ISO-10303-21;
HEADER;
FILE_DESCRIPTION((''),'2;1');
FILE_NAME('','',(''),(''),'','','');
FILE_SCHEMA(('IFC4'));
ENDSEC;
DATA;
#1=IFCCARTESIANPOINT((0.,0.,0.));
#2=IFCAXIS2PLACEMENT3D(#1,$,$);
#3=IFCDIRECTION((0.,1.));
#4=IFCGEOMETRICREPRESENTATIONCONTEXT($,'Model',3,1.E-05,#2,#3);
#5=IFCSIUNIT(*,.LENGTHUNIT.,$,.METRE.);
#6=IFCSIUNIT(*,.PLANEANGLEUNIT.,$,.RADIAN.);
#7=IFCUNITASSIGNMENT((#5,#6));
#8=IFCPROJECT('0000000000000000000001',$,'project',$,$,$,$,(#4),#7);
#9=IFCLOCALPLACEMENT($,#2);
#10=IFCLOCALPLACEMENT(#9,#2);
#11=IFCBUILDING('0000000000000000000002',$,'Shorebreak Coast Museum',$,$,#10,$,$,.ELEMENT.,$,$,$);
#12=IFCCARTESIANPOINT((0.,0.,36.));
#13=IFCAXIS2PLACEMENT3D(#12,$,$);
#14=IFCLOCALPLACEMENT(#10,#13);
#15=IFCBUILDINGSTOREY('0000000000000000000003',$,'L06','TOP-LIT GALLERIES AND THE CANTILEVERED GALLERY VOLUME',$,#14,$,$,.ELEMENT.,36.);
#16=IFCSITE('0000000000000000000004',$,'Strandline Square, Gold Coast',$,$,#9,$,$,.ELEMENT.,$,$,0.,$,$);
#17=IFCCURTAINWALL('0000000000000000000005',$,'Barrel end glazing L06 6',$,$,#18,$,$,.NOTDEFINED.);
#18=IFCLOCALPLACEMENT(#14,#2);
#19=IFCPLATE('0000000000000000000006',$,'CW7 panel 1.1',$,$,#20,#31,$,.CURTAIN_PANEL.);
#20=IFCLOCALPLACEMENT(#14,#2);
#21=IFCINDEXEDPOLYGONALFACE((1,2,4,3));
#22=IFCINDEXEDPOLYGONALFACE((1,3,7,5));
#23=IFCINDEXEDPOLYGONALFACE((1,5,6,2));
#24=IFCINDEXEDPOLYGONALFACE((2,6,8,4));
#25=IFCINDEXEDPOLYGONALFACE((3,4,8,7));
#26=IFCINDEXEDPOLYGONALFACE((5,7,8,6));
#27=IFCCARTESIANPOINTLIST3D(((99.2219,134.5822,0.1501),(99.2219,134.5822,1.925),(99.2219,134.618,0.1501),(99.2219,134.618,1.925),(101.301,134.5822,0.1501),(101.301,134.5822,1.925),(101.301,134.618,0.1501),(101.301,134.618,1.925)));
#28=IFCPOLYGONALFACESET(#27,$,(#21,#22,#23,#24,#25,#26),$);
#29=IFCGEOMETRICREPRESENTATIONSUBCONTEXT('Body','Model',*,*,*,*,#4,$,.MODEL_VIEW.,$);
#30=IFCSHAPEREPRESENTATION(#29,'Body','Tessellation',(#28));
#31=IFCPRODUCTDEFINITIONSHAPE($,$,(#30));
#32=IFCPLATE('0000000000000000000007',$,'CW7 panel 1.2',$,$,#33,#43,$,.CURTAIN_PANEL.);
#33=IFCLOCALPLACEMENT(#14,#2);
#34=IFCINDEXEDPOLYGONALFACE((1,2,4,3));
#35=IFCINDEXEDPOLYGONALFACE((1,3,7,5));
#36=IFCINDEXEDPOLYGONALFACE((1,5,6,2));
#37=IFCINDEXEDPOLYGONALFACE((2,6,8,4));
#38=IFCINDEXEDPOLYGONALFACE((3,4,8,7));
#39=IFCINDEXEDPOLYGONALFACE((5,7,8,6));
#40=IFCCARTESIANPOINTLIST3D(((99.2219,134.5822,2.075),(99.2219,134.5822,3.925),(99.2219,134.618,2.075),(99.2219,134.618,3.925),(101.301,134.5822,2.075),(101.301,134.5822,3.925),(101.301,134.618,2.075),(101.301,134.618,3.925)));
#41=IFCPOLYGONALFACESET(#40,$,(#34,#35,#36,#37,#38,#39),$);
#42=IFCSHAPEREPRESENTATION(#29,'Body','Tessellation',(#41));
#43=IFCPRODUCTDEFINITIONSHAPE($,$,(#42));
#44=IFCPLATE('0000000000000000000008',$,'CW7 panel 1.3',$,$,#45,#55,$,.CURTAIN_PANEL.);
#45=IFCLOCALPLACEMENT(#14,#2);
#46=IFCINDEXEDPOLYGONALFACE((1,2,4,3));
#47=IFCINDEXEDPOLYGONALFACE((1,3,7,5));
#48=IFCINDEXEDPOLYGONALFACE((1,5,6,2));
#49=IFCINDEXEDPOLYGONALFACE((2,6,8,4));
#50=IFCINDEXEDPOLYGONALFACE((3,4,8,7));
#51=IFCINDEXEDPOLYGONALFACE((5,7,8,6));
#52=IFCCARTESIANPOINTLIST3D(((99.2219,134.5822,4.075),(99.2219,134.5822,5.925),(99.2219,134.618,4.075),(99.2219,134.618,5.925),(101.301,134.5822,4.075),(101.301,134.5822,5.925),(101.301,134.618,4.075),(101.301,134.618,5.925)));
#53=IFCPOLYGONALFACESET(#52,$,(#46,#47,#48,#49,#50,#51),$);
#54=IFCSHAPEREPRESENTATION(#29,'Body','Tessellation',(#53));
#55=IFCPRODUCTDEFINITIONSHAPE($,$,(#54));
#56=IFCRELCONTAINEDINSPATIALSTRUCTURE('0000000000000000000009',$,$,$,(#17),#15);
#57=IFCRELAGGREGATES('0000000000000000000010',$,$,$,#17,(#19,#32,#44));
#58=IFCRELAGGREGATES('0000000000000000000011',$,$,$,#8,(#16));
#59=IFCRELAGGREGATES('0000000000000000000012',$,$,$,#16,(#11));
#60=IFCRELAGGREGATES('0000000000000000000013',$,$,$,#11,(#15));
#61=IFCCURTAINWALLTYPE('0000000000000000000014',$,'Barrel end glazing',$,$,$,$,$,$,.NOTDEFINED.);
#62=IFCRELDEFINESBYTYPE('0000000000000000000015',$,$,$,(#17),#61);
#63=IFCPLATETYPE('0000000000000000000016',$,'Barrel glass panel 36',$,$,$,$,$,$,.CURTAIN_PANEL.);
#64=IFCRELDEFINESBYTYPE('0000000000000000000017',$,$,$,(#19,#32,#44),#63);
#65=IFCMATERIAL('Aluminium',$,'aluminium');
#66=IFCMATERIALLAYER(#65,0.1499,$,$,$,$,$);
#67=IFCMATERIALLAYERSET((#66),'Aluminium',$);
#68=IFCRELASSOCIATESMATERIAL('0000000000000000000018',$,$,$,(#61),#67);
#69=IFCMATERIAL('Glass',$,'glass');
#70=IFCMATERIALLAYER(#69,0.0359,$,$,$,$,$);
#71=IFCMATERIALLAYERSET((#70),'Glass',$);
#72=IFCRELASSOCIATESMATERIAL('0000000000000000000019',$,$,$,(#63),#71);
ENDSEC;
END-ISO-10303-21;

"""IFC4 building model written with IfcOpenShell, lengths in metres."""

from ifc_helpers import new_model, si_unit, direction, frame, origin, origin_2d, place, context, subcontext, project, spatial, rectangle, extrude, material, layer, layer_set, type_object, element, aggregate, save


model = new_model("IFC4")

# Units and contexts
model_context = context("Model", 3, precision=1e-05, world=origin(), true_north=direction((0.0, 1.0)))
body_context = subcontext(model_context, "Body", "Model", "MODEL_VIEW")
ifc_project = project(units=[si_unit("LENGTHUNIT", "METRE"), si_unit("PLANEANGLEUNIT", "RADIAN")], contexts=[model_context])

# Site, building, storey
site_placement = place(None, origin())
site = spatial("IfcSite", under=ifc_project, at=site_placement, Name="Strandline Square, Gold Coast", CompositionType="ELEMENT", RefElevation=0.0)
building_placement = place(site_placement, origin())
building = spatial("IfcBuilding", under=site, at=building_placement, Name="Shorebreak Coast Museum", CompositionType="ELEMENT")
storey_placement = place(building_placement, frame((0.0, 0.0, 36.0)))
storey = spatial("IfcBuildingStorey", under=building, at=storey_placement, Name="L06", Description="TOP-LIT GALLERIES AND THE CANTILEVERED GALLERY VOLUME", CompositionType="ELEMENT", Elevation=36.0)

# Shared definitions
ifc_material_1 = material(Name="Aluminium", Category="aluminium")
ifc_layer_1 = layer(ifc_material_1, 0.1499)
ifc_layer_set_1 = layer_set([ifc_layer_1], Name="Aluminium")
curtain_wall_type = type_object("IfcCurtainWallType", Name="Barrel end glazing", PredefinedType="NOTDEFINED", material=ifc_layer_set_1)

# Curtain wall
curtain_wall_1_placement = place(storey_placement, origin())
curtain_wall_1 = element("IfcCurtainWall", 1, at=curtain_wall_1_placement, inside=storey, type_object=curtain_wall_type, Name="Barrel end glazing L06 6", PredefinedType="NOTDEFINED")

# Plates
ifc_material_2 = material(Name="Glass", Category="glass")
ifc_layer_2 = layer(ifc_material_2, 0.0359)
ifc_layer_set_2 = layer_set([ifc_layer_2], Name="Glass")
plate_type = type_object("IfcPlateType", Name="Barrel glass panel 36", PredefinedType="CURTAIN_PANEL", material=ifc_layer_set_2)
plate_1_placement = place(storey_placement, frame((100.2615, 134.6001, 0.1501), z_axis=(0.0, 0.0, 1.0), x_axis=(1.0, 0.0, 0.0)))
plate_1 = element("IfcPlate", 2, at=plate_1_placement, type_object=plate_type, Name="CW7 panel 1.1", PredefinedType="CURTAIN_PANEL", context=body_context, shape_type="SweptSolid", body=[
    extrude(rectangle(XDim=2.0791, YDim=0.0359, at=origin_2d()), origin(), (0.0, 0.0, 1.0), 1.7749),
])
plate_2_placement = place(storey_placement, frame((100.2615, 134.6001, 2.075), z_axis=(0.0, 0.0, 1.0), x_axis=(1.0, 0.0, 0.0)))
plate_2 = element("IfcPlate", 3, at=plate_2_placement, type_object=plate_type, Name="CW7 panel 1.2", PredefinedType="CURTAIN_PANEL", context=body_context, shape_type="SweptSolid", body=[
    extrude(rectangle(XDim=2.0791, YDim=0.0359, at=origin_2d()), origin(), (0.0, 0.0, 1.0), 1.8501),
])
plate_3_placement = place(storey_placement, frame((100.2615, 134.6001, 4.075), z_axis=(0.0, 0.0, 1.0), x_axis=(1.0, 0.0, 0.0)))
plate_3 = element("IfcPlate", 4, at=plate_3_placement, type_object=plate_type, Name="CW7 panel 1.3", PredefinedType="CURTAIN_PANEL", context=body_context, shape_type="SweptSolid", body=[
    extrude(rectangle(XDim=2.0791, YDim=0.0359, at=origin_2d()), origin(), (0.0, 0.0, 1.0), 1.8501),
])
aggregate(curtain_wall_1, [plate_1, plate_2, plate_3])

save(model, "model.ifc")
